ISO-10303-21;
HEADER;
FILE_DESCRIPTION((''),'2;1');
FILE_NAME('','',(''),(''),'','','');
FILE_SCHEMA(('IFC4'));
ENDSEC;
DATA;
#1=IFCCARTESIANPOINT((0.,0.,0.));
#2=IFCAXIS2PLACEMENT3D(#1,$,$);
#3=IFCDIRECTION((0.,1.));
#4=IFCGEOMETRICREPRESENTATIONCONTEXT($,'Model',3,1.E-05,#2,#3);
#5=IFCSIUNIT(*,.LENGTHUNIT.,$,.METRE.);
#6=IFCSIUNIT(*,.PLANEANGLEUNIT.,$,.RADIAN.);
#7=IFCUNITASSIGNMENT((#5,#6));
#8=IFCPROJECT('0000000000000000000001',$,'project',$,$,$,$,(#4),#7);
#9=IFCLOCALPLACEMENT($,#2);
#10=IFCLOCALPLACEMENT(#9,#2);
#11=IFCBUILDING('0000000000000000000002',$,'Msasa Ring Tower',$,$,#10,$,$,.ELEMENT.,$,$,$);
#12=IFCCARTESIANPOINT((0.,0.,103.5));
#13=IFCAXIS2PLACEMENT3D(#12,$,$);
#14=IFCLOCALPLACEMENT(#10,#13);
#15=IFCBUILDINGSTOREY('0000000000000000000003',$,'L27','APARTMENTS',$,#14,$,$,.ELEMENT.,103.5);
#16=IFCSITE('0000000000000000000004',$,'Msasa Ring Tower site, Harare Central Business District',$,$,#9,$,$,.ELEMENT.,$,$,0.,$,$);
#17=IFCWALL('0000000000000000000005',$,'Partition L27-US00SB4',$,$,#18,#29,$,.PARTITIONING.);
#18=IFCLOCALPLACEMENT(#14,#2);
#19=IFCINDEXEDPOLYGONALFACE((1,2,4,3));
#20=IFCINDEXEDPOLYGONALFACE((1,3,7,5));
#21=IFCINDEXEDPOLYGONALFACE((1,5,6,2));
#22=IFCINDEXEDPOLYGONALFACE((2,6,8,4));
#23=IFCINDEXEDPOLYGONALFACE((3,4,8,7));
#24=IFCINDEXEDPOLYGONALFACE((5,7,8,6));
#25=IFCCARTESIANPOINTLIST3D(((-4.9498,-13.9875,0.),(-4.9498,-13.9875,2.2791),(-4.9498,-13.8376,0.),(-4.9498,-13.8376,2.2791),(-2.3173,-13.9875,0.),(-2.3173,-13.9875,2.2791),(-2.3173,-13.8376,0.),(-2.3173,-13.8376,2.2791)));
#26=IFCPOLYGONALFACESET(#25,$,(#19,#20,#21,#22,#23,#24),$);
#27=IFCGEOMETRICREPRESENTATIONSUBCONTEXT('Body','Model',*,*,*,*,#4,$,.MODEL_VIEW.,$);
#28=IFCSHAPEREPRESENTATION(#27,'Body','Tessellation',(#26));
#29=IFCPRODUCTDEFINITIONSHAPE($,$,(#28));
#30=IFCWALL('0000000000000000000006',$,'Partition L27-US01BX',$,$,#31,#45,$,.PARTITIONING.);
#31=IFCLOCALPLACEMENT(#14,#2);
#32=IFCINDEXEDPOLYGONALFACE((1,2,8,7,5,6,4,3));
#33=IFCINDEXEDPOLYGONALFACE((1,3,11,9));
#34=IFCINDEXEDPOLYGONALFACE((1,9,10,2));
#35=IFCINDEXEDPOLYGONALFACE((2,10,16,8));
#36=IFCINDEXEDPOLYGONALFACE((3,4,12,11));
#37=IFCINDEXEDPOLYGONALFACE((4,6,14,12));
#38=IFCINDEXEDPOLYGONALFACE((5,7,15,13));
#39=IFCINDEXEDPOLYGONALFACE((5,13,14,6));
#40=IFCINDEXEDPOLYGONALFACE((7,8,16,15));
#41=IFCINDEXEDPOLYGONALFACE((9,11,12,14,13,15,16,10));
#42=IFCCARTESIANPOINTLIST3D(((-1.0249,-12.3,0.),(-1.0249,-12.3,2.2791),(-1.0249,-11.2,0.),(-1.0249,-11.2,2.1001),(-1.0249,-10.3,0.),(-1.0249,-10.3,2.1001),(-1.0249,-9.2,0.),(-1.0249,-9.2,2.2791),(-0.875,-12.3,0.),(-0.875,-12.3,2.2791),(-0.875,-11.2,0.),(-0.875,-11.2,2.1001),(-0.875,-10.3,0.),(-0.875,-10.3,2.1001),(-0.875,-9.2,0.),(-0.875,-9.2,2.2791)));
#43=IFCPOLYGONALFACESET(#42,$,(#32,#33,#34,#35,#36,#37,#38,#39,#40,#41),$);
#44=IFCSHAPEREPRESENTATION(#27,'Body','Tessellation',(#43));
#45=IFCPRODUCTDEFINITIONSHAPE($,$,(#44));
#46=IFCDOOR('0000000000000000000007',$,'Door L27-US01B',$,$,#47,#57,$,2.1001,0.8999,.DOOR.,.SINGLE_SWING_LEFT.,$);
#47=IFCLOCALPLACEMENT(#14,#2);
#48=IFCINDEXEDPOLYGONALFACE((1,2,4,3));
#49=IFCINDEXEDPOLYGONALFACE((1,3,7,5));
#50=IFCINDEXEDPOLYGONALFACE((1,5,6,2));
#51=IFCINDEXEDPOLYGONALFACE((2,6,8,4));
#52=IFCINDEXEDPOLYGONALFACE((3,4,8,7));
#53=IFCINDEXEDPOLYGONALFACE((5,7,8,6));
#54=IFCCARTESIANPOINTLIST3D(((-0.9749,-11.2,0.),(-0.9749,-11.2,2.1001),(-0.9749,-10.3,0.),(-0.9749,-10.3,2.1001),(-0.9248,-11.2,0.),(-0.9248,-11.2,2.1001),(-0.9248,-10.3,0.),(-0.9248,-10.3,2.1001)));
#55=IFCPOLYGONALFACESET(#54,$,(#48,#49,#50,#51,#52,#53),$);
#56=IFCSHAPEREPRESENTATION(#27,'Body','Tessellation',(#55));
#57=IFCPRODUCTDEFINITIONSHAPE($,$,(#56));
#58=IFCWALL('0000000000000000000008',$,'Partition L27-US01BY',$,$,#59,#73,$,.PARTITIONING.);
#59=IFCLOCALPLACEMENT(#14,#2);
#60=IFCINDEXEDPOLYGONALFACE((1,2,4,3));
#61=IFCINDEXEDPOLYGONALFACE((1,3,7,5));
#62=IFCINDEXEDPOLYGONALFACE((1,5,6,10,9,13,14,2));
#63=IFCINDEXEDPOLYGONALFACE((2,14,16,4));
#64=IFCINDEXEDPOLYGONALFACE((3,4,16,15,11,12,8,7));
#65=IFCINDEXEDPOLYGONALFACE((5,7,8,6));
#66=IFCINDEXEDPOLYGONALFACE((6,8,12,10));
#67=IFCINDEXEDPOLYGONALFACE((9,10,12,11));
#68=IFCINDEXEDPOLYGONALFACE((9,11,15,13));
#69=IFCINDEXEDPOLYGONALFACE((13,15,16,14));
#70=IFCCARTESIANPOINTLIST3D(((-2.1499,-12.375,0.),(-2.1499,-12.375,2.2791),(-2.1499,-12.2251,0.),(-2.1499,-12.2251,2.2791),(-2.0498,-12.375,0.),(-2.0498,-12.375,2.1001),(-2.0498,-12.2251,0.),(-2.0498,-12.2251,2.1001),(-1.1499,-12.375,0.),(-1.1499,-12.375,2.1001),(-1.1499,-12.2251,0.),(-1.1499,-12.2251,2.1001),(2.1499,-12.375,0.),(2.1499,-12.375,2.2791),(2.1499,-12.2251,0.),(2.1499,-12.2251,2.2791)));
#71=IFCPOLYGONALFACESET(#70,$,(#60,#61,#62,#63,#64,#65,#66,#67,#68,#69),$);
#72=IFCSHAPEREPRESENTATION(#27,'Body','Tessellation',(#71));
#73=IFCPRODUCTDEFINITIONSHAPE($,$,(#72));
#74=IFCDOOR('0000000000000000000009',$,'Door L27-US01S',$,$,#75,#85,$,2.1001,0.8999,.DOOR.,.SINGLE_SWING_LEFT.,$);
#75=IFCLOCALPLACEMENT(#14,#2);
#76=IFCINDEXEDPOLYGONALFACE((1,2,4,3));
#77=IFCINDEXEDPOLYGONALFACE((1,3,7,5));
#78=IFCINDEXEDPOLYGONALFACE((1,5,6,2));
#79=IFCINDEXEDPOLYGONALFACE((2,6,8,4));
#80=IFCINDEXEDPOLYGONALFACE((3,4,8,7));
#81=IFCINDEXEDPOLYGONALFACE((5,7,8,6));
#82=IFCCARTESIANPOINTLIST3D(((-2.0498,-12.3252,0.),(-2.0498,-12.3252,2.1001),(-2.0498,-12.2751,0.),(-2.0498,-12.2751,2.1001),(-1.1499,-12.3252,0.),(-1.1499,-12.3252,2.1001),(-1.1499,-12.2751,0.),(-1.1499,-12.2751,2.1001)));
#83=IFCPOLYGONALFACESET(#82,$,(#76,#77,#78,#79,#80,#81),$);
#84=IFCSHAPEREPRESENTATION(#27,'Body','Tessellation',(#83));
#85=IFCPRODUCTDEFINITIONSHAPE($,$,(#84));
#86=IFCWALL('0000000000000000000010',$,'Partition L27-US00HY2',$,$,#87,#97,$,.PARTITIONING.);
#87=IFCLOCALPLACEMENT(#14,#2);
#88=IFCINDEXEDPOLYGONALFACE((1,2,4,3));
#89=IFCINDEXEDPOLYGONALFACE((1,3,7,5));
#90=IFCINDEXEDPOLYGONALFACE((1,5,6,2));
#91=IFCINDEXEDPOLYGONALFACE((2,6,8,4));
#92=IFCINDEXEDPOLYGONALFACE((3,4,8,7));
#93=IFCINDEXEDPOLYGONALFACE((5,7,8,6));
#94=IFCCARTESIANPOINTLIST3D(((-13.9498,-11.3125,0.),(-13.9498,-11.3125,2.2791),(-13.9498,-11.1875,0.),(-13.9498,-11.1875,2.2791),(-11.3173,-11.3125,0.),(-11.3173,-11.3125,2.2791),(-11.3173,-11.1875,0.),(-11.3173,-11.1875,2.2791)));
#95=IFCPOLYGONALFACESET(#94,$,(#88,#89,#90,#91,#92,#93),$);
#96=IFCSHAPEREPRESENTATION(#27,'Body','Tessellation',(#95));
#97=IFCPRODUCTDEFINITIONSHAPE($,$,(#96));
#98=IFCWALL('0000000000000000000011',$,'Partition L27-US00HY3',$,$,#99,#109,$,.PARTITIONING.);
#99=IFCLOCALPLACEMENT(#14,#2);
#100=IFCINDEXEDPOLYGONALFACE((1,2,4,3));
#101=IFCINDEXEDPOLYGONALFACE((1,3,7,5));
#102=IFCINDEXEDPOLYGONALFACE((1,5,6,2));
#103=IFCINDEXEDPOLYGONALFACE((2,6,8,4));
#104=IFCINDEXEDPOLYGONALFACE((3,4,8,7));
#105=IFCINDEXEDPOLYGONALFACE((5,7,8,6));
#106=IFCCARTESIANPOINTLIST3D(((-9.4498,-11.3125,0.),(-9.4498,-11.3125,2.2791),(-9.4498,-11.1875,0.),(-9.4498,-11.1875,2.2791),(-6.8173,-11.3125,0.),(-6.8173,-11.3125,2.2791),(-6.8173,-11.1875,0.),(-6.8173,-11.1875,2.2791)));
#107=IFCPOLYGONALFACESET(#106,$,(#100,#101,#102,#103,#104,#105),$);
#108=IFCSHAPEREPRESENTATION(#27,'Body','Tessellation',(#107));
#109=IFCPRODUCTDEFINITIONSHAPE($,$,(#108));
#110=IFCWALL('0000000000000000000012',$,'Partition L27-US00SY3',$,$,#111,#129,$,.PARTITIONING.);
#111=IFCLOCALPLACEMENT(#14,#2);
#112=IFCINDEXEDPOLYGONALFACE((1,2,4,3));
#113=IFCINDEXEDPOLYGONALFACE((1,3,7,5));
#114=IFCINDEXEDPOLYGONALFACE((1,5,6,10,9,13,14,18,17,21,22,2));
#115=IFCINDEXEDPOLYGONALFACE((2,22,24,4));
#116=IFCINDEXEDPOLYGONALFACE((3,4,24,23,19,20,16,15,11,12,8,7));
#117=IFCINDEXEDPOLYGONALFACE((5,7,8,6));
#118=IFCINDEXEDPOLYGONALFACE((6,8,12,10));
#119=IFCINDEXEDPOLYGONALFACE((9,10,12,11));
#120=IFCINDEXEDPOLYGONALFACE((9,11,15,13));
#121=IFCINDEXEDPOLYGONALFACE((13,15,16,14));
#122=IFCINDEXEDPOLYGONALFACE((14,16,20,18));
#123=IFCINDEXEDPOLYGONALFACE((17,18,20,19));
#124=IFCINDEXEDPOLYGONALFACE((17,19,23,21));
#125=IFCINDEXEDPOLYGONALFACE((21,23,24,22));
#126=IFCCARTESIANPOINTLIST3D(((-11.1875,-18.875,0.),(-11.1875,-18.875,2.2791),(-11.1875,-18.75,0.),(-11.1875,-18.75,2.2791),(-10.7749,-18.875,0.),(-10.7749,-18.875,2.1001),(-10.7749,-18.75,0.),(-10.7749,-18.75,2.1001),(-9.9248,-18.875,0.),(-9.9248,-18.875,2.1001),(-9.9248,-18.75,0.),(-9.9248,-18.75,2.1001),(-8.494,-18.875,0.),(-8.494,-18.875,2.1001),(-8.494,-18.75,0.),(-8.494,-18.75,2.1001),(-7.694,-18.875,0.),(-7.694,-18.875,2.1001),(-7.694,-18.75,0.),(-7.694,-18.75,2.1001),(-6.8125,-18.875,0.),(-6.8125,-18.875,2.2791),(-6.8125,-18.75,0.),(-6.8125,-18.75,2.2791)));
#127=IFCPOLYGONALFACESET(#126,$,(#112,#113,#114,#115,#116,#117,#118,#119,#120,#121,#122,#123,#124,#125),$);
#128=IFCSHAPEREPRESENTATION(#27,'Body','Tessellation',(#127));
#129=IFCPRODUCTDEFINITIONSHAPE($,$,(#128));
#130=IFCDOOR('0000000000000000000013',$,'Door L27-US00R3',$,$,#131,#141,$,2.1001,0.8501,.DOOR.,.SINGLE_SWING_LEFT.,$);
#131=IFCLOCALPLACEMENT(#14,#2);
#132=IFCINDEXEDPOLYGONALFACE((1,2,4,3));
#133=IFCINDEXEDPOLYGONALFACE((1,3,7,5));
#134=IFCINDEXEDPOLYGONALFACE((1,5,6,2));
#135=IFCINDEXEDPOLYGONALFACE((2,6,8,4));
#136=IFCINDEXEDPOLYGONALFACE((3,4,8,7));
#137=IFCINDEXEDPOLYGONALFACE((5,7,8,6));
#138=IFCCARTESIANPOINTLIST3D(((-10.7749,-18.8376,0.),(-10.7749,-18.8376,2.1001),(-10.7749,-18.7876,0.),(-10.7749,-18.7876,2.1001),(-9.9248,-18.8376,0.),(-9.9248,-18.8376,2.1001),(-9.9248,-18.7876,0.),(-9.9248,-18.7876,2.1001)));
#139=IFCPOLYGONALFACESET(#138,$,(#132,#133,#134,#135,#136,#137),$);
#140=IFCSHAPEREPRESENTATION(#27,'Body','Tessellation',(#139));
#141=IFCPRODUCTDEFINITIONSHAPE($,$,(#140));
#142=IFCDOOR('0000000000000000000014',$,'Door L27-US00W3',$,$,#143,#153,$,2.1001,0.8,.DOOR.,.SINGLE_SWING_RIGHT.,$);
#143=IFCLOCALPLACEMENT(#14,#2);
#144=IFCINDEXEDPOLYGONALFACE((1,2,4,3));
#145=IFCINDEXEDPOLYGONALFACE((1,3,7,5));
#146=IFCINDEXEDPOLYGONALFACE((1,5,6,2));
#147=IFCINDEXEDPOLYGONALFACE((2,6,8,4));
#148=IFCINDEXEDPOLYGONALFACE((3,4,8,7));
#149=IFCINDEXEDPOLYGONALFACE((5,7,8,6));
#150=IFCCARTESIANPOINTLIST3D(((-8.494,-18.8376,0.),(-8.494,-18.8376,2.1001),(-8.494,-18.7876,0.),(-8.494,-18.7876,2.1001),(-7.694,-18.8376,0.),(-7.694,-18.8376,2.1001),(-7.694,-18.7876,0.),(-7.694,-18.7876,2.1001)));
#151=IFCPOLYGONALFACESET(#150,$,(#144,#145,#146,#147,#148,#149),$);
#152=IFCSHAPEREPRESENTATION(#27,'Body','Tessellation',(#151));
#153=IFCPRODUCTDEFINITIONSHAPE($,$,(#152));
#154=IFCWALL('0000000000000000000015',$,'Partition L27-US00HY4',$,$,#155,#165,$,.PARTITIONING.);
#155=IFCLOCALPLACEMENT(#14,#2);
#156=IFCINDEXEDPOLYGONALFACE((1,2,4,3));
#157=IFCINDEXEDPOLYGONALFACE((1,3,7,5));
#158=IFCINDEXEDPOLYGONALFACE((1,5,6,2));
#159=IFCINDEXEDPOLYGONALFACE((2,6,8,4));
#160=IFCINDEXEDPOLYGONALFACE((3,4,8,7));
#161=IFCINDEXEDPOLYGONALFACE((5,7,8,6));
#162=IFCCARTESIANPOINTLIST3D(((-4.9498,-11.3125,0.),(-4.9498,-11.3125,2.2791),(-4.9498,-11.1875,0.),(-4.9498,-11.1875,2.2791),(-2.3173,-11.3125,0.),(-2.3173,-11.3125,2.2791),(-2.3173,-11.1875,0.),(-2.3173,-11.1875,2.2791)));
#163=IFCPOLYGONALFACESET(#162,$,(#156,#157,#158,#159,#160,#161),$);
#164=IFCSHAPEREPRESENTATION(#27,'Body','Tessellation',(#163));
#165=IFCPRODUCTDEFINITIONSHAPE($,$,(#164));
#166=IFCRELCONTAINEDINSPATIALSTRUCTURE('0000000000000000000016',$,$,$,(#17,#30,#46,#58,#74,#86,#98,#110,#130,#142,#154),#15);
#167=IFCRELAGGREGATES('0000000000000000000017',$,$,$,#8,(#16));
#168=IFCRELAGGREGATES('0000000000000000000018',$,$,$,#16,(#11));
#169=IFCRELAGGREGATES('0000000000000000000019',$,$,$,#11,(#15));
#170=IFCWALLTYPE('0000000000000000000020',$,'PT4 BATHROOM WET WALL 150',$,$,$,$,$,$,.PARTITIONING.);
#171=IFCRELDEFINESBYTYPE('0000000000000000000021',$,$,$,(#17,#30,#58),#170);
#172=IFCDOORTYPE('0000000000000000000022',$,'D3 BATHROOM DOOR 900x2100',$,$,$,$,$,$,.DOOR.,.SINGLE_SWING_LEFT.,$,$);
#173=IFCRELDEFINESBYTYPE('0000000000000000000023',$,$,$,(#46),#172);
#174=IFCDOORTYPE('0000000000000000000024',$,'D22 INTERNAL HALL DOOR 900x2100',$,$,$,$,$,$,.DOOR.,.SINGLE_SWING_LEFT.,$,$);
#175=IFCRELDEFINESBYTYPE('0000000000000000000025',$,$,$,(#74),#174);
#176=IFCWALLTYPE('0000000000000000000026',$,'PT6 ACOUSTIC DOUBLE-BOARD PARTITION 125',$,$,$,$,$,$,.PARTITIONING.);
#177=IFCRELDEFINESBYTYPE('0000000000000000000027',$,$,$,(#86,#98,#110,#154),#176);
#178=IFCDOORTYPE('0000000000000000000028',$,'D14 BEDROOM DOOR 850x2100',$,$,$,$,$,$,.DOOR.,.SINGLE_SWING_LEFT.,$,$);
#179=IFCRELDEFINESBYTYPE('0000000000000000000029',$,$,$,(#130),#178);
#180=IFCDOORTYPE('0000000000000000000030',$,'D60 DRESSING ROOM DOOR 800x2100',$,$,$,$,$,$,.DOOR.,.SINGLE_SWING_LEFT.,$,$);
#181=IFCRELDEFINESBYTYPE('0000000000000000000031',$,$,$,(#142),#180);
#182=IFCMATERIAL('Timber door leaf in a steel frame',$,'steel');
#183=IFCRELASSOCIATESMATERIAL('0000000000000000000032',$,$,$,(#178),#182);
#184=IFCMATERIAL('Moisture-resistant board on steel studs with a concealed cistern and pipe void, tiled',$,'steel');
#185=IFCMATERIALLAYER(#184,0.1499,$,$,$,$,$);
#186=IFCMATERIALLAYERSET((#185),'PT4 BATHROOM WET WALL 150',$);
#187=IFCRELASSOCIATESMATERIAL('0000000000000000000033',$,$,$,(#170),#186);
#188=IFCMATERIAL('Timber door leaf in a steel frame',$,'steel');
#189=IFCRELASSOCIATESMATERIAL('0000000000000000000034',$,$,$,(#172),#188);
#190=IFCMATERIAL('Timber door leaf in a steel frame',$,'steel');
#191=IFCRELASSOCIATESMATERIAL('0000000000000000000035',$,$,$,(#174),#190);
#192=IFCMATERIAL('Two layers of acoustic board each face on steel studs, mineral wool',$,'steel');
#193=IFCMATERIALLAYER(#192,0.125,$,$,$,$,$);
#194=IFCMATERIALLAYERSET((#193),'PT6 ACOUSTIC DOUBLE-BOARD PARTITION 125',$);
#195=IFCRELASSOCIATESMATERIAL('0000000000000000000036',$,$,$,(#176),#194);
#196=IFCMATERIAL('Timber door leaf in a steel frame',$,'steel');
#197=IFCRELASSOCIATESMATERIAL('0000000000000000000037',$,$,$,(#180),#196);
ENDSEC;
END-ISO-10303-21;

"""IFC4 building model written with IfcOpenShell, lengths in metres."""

from ifc_helpers import new_model, si_unit, direction, frame, frame_2d, origin, place, context, subcontext, project, spatial, rectangle, extrude, material, layer, layer_set, type_object, element, fill, save


model = new_model("IFC4")

# Units and contexts
model_context = context("Model", 3, precision=1e-05, world=origin(), true_north=direction((0.0, 1.0)))
body_context = subcontext(model_context, "Body", "Model", "MODEL_VIEW")
ifc_project = project(units=[si_unit("LENGTHUNIT", "METRE"), si_unit("PLANEANGLEUNIT", "RADIAN")], contexts=[model_context])

# Site, building, storey
site_placement = place(None, origin())
site = spatial("IfcSite", under=ifc_project, at=site_placement, Name="Msasa Ring Tower site, Harare Central Business District", CompositionType="ELEMENT", RefElevation=0.0)
building_placement = place(site_placement, origin())
building = spatial("IfcBuilding", under=site, at=building_placement, Name="Msasa Ring Tower", CompositionType="ELEMENT")
storey_placement = place(building_placement, frame((0.0, 0.0, 103.5)))
storey = spatial("IfcBuildingStorey", under=building, at=storey_placement, Name="L27", Description="APARTMENTS", CompositionType="ELEMENT", Elevation=103.5)

# Shared definitions
ifc_material_1 = material(Name="Timber door leaf in a steel frame", Category="steel")
door_type_1 = type_object("IfcDoorType", Name="D14 BEDROOM DOOR 850x2100", OperationType="SINGLE_SWING_LEFT", PredefinedType="DOOR", material=ifc_material_1)
ifc_material_2 = material(Name="Moisture-resistant board on steel studs with a concealed cistern and pipe void, tiled", Category="steel")
ifc_layer_1 = layer(ifc_material_2, 0.1499)
ifc_layer_set_1 = layer_set([ifc_layer_1], Name="PT4 BATHROOM WET WALL 150")
wall_type_1 = type_object("IfcWallType", Name="PT4 BATHROOM WET WALL 150", PredefinedType="PARTITIONING", material=ifc_layer_set_1)

# Wall
wall_1_placement = place(storey_placement, frame((-4.95, -13.9126, 0.0), z_axis=(0.0, 0.0, 1.0), x_axis=(1.0, 0.0, 0.0)))
element("IfcWall", 1, at=wall_1_placement, inside=storey, type_object=wall_type_1, Name="Partition L27-US00SB4", PredefinedType="PARTITIONING", context=body_context, shape_type="SweptSolid", body=[
    extrude(rectangle(XDim=2.6326, YDim=0.1499, at=frame_2d((1.3164, 0.0))), origin(), (0.0, 0.0, 1.0), 2.2791),
])

# Walls, openings, doors
wall_2_placement = place(storey_placement, frame((-0.95, -12.3, 0.0), z_axis=(0.0, 0.0, 1.0), x_axis=(0.0, 1.0, 0.0)))
wall_2 = element("IfcWall", 2, at=wall_2_placement, inside=storey, type_object=wall_type_1, Name="Partition L27-US01BX", PredefinedType="PARTITIONING", context=body_context, shape_type="SweptSolid", body=[
    extrude(rectangle(XDim=3.1001, YDim=0.1499, at=frame_2d((1.55, 0.0))), origin(), (0.0, 0.0, 1.0), 2.2791),
])
opening_1_placement = place(wall_2_placement, frame((1.1001, 0.0, 0.0)))
opening_1 = element("IfcOpeningElement", 3, at=opening_1_placement, cuts=wall_2, PredefinedType="OPENING", context=body_context, shape_type="SweptSolid", body=[
    extrude(rectangle(XDim=0.8999, YDim=2.1001, at=frame_2d((0.45, 1.05))), frame((0.0, 0.085, 0.0), z_axis=(0.0, -1.0, 0.0), x_axis=(1.0, 0.0, 0.0)), (0.0, 0.0, 1.0), 0.1699),
])
ifc_material_3 = material(Name="Timber door leaf in a steel frame", Category="steel")
door_type_2 = type_object("IfcDoorType", Name="D3 BATHROOM DOOR 900x2100", OperationType="SINGLE_SWING_LEFT", PredefinedType="DOOR", material=ifc_material_3)
door_1_placement = place(opening_1_placement, origin())
door_1 = element("IfcDoor", 4, at=door_1_placement, inside=storey, type_object=door_type_2, Name="Door L27-US01B", OperationType="SINGLE_SWING_LEFT", OverallHeight=2.1001, OverallWidth=0.8999, PredefinedType="DOOR", context=body_context, shape_type="SweptSolid", body=[
    extrude(rectangle(XDim=0.8999, YDim=2.1001, at=frame_2d((0.45, 1.05))), frame((0.0, 0.0249, 0.0), z_axis=(0.0, -1.0, 0.0), x_axis=(1.0, 0.0, 0.0)), (0.0, 0.0, 1.0), 0.05),
])
fill(opening_1, door_1)
wall_3_placement = place(storey_placement, frame((-2.1499, -12.3, 0.0), z_axis=(0.0, 0.0, 1.0), x_axis=(1.0, 0.0, 0.0)))
wall_3 = element("IfcWall", 5, at=wall_3_placement, inside=storey, type_object=wall_type_1, Name="Partition L27-US01BY", PredefinedType="PARTITIONING", context=body_context, shape_type="SweptSolid", body=[
    extrude(rectangle(XDim=4.2998, YDim=0.1499, at=frame_2d((2.1499, 0.0))), origin(), (0.0, 0.0, 1.0), 2.2791),
])
opening_2_placement = place(wall_3_placement, frame((0.1001, 0.0, 0.0)))
opening_2 = element("IfcOpeningElement", 6, at=opening_2_placement, cuts=wall_3, PredefinedType="OPENING", context=body_context, shape_type="SweptSolid", body=[
    extrude(rectangle(XDim=0.8999, YDim=2.1001, at=frame_2d((0.45, 1.05))), frame((0.0, 0.085, 0.0), z_axis=(0.0, -1.0, 0.0), x_axis=(1.0, 0.0, 0.0)), (0.0, 0.0, 1.0), 0.1699),
])
ifc_material_4 = material(Name="Timber door leaf in a steel frame", Category="steel")
door_type_3 = type_object("IfcDoorType", Name="D22 INTERNAL HALL DOOR 900x2100", OperationType="SINGLE_SWING_LEFT", PredefinedType="DOOR", material=ifc_material_4)
door_2_placement = place(opening_2_placement, origin())
door_2 = element("IfcDoor", 7, at=door_2_placement, inside=storey, type_object=door_type_3, Name="Door L27-US01S", OperationType="SINGLE_SWING_LEFT", OverallHeight=2.1001, OverallWidth=0.8999, PredefinedType="DOOR", context=body_context, shape_type="SweptSolid", body=[
    extrude(rectangle(XDim=0.8999, YDim=2.1001, at=frame_2d((0.45, 1.05))), frame((0.0, 0.0249, 0.0), z_axis=(0.0, -1.0, 0.0), x_axis=(1.0, 0.0, 0.0)), (0.0, 0.0, 1.0), 0.05),
])
fill(opening_2, door_2)

# Walls
ifc_material_5 = material(Name="Two layers of acoustic board each face on steel studs, mineral wool", Category="steel")
ifc_layer_2 = layer(ifc_material_5, 0.125)
ifc_layer_set_2 = layer_set([ifc_layer_2], Name="PT6 ACOUSTIC DOUBLE-BOARD PARTITION 125")
wall_type_2 = type_object("IfcWallType", Name="PT6 ACOUSTIC DOUBLE-BOARD PARTITION 125", PredefinedType="PARTITIONING", material=ifc_layer_set_2)
for number, where, z_axis, x_axis, name in (
    (8, (-13.95, -11.25, 0.0), (0.0, 0.0, 1.0), (1.0, 0.0, 0.0), "Partition L27-US00HY2"),
    (9, (-9.45, -11.25, 0.0), (0.0, 0.0, 1.0), (1.0, 0.0, 0.0), "Partition L27-US00HY3"),
):
    element("IfcWall", number, at=place(storey_placement, frame(where, z_axis=z_axis, x_axis=x_axis)), inside=storey, type_object=wall_type_2, Name=name, PredefinedType="PARTITIONING", context=body_context, shape_type="SweptSolid", body=[
        extrude(rectangle(XDim=2.6326, YDim=0.125, at=frame_2d((1.3164, 0.0))), origin(), (0.0, 0.0, 1.0), 2.2791),
    ])

# Wall, openings, doors
wall_4_placement = place(storey_placement, frame((-11.1875, -18.8125, 0.0), z_axis=(0.0, 0.0, 1.0), x_axis=(1.0, 0.0, 0.0)))
wall_4 = element("IfcWall", 10, at=wall_4_placement, inside=storey, type_object=wall_type_2, Name="Partition L27-US00SY3", PredefinedType="PARTITIONING", context=body_context, shape_type="SweptSolid", body=[
    extrude(rectangle(XDim=4.375, YDim=0.125, at=frame_2d((2.1875, 0.0))), origin(), (0.0, 0.0, 1.0), 2.2791),
])
opening_3_placement = place(wall_4_placement, frame((0.4126, 0.0, 0.0)))
opening_3 = element("IfcOpeningElement", 11, at=opening_3_placement, cuts=wall_4, PredefinedType="OPENING", context=body_context, shape_type="SweptSolid", body=[
    extrude(rectangle(XDim=0.8501, YDim=2.1001, at=frame_2d((0.425, 1.05))), frame((0.0, 0.0725, 0.0), z_axis=(0.0, -1.0, 0.0), x_axis=(1.0, 0.0, 0.0)), (0.0, 0.0, 1.0), 0.145),
])
opening_4_placement = place(wall_4_placement, frame((2.6936, 0.0, 0.0)))
opening_4 = element("IfcOpeningElement", 12, at=opening_4_placement, cuts=wall_4, PredefinedType="OPENING", context=body_context, shape_type="SweptSolid", body=[
    extrude(rectangle(XDim=0.8, YDim=2.1001, at=frame_2d((0.3999, 1.05))), frame((0.0, 0.0725, 0.0), z_axis=(0.0, -1.0, 0.0), x_axis=(1.0, 0.0, 0.0)), (0.0, 0.0, 1.0), 0.145),
])
door_3_placement = place(opening_3_placement, origin())
door_3 = element("IfcDoor", 13, at=door_3_placement, inside=storey, type_object=door_type_1, Name="Door L27-US00R3", OperationType="SINGLE_SWING_LEFT", OverallHeight=2.1001, OverallWidth=0.8501, PredefinedType="DOOR", context=body_context, shape_type="SweptSolid", body=[
    extrude(rectangle(XDim=0.8501, YDim=2.1001, at=frame_2d((0.425, 1.05))), frame((0.0, 0.0249, 0.0), z_axis=(0.0, -1.0, 0.0), x_axis=(1.0, 0.0, 0.0)), (0.0, 0.0, 1.0), 0.05),
])
fill(opening_3, door_3)
ifc_material_6 = material(Name="Timber door leaf in a steel frame", Category="steel")
door_type_4 = type_object("IfcDoorType", Name="D60 DRESSING ROOM DOOR 800x2100", OperationType="SINGLE_SWING_LEFT", PredefinedType="DOOR", material=ifc_material_6)
door_4_placement = place(opening_4_placement, origin())
door_4 = element("IfcDoor", 14, at=door_4_placement, inside=storey, type_object=door_type_4, Name="Door L27-US00W3", OperationType="SINGLE_SWING_RIGHT", OverallHeight=2.1001, OverallWidth=0.8, PredefinedType="DOOR", context=body_context, shape_type="SweptSolid", body=[
    extrude(rectangle(XDim=0.8, YDim=2.1001, at=frame_2d((0.3999, 1.05))), frame((0.0, 0.0249, 0.0), z_axis=(0.0, -1.0, 0.0), x_axis=(1.0, 0.0, 0.0)), (0.0, 0.0, 1.0), 0.05),
])
fill(opening_4, door_4)

# Wall
wall_5_placement = place(storey_placement, frame((-4.95, -11.25, 0.0), z_axis=(0.0, 0.0, 1.0), x_axis=(1.0, 0.0, 0.0)))
element("IfcWall", 15, at=wall_5_placement, inside=storey, type_object=wall_type_2, Name="Partition L27-US00HY4", PredefinedType="PARTITIONING", context=body_context, shape_type="SweptSolid", body=[
    extrude(rectangle(XDim=2.6326, YDim=0.125, at=frame_2d((1.3164, 0.0))), origin(), (0.0, 0.0, 1.0), 2.2791),
])

save(model, "model.ifc")
